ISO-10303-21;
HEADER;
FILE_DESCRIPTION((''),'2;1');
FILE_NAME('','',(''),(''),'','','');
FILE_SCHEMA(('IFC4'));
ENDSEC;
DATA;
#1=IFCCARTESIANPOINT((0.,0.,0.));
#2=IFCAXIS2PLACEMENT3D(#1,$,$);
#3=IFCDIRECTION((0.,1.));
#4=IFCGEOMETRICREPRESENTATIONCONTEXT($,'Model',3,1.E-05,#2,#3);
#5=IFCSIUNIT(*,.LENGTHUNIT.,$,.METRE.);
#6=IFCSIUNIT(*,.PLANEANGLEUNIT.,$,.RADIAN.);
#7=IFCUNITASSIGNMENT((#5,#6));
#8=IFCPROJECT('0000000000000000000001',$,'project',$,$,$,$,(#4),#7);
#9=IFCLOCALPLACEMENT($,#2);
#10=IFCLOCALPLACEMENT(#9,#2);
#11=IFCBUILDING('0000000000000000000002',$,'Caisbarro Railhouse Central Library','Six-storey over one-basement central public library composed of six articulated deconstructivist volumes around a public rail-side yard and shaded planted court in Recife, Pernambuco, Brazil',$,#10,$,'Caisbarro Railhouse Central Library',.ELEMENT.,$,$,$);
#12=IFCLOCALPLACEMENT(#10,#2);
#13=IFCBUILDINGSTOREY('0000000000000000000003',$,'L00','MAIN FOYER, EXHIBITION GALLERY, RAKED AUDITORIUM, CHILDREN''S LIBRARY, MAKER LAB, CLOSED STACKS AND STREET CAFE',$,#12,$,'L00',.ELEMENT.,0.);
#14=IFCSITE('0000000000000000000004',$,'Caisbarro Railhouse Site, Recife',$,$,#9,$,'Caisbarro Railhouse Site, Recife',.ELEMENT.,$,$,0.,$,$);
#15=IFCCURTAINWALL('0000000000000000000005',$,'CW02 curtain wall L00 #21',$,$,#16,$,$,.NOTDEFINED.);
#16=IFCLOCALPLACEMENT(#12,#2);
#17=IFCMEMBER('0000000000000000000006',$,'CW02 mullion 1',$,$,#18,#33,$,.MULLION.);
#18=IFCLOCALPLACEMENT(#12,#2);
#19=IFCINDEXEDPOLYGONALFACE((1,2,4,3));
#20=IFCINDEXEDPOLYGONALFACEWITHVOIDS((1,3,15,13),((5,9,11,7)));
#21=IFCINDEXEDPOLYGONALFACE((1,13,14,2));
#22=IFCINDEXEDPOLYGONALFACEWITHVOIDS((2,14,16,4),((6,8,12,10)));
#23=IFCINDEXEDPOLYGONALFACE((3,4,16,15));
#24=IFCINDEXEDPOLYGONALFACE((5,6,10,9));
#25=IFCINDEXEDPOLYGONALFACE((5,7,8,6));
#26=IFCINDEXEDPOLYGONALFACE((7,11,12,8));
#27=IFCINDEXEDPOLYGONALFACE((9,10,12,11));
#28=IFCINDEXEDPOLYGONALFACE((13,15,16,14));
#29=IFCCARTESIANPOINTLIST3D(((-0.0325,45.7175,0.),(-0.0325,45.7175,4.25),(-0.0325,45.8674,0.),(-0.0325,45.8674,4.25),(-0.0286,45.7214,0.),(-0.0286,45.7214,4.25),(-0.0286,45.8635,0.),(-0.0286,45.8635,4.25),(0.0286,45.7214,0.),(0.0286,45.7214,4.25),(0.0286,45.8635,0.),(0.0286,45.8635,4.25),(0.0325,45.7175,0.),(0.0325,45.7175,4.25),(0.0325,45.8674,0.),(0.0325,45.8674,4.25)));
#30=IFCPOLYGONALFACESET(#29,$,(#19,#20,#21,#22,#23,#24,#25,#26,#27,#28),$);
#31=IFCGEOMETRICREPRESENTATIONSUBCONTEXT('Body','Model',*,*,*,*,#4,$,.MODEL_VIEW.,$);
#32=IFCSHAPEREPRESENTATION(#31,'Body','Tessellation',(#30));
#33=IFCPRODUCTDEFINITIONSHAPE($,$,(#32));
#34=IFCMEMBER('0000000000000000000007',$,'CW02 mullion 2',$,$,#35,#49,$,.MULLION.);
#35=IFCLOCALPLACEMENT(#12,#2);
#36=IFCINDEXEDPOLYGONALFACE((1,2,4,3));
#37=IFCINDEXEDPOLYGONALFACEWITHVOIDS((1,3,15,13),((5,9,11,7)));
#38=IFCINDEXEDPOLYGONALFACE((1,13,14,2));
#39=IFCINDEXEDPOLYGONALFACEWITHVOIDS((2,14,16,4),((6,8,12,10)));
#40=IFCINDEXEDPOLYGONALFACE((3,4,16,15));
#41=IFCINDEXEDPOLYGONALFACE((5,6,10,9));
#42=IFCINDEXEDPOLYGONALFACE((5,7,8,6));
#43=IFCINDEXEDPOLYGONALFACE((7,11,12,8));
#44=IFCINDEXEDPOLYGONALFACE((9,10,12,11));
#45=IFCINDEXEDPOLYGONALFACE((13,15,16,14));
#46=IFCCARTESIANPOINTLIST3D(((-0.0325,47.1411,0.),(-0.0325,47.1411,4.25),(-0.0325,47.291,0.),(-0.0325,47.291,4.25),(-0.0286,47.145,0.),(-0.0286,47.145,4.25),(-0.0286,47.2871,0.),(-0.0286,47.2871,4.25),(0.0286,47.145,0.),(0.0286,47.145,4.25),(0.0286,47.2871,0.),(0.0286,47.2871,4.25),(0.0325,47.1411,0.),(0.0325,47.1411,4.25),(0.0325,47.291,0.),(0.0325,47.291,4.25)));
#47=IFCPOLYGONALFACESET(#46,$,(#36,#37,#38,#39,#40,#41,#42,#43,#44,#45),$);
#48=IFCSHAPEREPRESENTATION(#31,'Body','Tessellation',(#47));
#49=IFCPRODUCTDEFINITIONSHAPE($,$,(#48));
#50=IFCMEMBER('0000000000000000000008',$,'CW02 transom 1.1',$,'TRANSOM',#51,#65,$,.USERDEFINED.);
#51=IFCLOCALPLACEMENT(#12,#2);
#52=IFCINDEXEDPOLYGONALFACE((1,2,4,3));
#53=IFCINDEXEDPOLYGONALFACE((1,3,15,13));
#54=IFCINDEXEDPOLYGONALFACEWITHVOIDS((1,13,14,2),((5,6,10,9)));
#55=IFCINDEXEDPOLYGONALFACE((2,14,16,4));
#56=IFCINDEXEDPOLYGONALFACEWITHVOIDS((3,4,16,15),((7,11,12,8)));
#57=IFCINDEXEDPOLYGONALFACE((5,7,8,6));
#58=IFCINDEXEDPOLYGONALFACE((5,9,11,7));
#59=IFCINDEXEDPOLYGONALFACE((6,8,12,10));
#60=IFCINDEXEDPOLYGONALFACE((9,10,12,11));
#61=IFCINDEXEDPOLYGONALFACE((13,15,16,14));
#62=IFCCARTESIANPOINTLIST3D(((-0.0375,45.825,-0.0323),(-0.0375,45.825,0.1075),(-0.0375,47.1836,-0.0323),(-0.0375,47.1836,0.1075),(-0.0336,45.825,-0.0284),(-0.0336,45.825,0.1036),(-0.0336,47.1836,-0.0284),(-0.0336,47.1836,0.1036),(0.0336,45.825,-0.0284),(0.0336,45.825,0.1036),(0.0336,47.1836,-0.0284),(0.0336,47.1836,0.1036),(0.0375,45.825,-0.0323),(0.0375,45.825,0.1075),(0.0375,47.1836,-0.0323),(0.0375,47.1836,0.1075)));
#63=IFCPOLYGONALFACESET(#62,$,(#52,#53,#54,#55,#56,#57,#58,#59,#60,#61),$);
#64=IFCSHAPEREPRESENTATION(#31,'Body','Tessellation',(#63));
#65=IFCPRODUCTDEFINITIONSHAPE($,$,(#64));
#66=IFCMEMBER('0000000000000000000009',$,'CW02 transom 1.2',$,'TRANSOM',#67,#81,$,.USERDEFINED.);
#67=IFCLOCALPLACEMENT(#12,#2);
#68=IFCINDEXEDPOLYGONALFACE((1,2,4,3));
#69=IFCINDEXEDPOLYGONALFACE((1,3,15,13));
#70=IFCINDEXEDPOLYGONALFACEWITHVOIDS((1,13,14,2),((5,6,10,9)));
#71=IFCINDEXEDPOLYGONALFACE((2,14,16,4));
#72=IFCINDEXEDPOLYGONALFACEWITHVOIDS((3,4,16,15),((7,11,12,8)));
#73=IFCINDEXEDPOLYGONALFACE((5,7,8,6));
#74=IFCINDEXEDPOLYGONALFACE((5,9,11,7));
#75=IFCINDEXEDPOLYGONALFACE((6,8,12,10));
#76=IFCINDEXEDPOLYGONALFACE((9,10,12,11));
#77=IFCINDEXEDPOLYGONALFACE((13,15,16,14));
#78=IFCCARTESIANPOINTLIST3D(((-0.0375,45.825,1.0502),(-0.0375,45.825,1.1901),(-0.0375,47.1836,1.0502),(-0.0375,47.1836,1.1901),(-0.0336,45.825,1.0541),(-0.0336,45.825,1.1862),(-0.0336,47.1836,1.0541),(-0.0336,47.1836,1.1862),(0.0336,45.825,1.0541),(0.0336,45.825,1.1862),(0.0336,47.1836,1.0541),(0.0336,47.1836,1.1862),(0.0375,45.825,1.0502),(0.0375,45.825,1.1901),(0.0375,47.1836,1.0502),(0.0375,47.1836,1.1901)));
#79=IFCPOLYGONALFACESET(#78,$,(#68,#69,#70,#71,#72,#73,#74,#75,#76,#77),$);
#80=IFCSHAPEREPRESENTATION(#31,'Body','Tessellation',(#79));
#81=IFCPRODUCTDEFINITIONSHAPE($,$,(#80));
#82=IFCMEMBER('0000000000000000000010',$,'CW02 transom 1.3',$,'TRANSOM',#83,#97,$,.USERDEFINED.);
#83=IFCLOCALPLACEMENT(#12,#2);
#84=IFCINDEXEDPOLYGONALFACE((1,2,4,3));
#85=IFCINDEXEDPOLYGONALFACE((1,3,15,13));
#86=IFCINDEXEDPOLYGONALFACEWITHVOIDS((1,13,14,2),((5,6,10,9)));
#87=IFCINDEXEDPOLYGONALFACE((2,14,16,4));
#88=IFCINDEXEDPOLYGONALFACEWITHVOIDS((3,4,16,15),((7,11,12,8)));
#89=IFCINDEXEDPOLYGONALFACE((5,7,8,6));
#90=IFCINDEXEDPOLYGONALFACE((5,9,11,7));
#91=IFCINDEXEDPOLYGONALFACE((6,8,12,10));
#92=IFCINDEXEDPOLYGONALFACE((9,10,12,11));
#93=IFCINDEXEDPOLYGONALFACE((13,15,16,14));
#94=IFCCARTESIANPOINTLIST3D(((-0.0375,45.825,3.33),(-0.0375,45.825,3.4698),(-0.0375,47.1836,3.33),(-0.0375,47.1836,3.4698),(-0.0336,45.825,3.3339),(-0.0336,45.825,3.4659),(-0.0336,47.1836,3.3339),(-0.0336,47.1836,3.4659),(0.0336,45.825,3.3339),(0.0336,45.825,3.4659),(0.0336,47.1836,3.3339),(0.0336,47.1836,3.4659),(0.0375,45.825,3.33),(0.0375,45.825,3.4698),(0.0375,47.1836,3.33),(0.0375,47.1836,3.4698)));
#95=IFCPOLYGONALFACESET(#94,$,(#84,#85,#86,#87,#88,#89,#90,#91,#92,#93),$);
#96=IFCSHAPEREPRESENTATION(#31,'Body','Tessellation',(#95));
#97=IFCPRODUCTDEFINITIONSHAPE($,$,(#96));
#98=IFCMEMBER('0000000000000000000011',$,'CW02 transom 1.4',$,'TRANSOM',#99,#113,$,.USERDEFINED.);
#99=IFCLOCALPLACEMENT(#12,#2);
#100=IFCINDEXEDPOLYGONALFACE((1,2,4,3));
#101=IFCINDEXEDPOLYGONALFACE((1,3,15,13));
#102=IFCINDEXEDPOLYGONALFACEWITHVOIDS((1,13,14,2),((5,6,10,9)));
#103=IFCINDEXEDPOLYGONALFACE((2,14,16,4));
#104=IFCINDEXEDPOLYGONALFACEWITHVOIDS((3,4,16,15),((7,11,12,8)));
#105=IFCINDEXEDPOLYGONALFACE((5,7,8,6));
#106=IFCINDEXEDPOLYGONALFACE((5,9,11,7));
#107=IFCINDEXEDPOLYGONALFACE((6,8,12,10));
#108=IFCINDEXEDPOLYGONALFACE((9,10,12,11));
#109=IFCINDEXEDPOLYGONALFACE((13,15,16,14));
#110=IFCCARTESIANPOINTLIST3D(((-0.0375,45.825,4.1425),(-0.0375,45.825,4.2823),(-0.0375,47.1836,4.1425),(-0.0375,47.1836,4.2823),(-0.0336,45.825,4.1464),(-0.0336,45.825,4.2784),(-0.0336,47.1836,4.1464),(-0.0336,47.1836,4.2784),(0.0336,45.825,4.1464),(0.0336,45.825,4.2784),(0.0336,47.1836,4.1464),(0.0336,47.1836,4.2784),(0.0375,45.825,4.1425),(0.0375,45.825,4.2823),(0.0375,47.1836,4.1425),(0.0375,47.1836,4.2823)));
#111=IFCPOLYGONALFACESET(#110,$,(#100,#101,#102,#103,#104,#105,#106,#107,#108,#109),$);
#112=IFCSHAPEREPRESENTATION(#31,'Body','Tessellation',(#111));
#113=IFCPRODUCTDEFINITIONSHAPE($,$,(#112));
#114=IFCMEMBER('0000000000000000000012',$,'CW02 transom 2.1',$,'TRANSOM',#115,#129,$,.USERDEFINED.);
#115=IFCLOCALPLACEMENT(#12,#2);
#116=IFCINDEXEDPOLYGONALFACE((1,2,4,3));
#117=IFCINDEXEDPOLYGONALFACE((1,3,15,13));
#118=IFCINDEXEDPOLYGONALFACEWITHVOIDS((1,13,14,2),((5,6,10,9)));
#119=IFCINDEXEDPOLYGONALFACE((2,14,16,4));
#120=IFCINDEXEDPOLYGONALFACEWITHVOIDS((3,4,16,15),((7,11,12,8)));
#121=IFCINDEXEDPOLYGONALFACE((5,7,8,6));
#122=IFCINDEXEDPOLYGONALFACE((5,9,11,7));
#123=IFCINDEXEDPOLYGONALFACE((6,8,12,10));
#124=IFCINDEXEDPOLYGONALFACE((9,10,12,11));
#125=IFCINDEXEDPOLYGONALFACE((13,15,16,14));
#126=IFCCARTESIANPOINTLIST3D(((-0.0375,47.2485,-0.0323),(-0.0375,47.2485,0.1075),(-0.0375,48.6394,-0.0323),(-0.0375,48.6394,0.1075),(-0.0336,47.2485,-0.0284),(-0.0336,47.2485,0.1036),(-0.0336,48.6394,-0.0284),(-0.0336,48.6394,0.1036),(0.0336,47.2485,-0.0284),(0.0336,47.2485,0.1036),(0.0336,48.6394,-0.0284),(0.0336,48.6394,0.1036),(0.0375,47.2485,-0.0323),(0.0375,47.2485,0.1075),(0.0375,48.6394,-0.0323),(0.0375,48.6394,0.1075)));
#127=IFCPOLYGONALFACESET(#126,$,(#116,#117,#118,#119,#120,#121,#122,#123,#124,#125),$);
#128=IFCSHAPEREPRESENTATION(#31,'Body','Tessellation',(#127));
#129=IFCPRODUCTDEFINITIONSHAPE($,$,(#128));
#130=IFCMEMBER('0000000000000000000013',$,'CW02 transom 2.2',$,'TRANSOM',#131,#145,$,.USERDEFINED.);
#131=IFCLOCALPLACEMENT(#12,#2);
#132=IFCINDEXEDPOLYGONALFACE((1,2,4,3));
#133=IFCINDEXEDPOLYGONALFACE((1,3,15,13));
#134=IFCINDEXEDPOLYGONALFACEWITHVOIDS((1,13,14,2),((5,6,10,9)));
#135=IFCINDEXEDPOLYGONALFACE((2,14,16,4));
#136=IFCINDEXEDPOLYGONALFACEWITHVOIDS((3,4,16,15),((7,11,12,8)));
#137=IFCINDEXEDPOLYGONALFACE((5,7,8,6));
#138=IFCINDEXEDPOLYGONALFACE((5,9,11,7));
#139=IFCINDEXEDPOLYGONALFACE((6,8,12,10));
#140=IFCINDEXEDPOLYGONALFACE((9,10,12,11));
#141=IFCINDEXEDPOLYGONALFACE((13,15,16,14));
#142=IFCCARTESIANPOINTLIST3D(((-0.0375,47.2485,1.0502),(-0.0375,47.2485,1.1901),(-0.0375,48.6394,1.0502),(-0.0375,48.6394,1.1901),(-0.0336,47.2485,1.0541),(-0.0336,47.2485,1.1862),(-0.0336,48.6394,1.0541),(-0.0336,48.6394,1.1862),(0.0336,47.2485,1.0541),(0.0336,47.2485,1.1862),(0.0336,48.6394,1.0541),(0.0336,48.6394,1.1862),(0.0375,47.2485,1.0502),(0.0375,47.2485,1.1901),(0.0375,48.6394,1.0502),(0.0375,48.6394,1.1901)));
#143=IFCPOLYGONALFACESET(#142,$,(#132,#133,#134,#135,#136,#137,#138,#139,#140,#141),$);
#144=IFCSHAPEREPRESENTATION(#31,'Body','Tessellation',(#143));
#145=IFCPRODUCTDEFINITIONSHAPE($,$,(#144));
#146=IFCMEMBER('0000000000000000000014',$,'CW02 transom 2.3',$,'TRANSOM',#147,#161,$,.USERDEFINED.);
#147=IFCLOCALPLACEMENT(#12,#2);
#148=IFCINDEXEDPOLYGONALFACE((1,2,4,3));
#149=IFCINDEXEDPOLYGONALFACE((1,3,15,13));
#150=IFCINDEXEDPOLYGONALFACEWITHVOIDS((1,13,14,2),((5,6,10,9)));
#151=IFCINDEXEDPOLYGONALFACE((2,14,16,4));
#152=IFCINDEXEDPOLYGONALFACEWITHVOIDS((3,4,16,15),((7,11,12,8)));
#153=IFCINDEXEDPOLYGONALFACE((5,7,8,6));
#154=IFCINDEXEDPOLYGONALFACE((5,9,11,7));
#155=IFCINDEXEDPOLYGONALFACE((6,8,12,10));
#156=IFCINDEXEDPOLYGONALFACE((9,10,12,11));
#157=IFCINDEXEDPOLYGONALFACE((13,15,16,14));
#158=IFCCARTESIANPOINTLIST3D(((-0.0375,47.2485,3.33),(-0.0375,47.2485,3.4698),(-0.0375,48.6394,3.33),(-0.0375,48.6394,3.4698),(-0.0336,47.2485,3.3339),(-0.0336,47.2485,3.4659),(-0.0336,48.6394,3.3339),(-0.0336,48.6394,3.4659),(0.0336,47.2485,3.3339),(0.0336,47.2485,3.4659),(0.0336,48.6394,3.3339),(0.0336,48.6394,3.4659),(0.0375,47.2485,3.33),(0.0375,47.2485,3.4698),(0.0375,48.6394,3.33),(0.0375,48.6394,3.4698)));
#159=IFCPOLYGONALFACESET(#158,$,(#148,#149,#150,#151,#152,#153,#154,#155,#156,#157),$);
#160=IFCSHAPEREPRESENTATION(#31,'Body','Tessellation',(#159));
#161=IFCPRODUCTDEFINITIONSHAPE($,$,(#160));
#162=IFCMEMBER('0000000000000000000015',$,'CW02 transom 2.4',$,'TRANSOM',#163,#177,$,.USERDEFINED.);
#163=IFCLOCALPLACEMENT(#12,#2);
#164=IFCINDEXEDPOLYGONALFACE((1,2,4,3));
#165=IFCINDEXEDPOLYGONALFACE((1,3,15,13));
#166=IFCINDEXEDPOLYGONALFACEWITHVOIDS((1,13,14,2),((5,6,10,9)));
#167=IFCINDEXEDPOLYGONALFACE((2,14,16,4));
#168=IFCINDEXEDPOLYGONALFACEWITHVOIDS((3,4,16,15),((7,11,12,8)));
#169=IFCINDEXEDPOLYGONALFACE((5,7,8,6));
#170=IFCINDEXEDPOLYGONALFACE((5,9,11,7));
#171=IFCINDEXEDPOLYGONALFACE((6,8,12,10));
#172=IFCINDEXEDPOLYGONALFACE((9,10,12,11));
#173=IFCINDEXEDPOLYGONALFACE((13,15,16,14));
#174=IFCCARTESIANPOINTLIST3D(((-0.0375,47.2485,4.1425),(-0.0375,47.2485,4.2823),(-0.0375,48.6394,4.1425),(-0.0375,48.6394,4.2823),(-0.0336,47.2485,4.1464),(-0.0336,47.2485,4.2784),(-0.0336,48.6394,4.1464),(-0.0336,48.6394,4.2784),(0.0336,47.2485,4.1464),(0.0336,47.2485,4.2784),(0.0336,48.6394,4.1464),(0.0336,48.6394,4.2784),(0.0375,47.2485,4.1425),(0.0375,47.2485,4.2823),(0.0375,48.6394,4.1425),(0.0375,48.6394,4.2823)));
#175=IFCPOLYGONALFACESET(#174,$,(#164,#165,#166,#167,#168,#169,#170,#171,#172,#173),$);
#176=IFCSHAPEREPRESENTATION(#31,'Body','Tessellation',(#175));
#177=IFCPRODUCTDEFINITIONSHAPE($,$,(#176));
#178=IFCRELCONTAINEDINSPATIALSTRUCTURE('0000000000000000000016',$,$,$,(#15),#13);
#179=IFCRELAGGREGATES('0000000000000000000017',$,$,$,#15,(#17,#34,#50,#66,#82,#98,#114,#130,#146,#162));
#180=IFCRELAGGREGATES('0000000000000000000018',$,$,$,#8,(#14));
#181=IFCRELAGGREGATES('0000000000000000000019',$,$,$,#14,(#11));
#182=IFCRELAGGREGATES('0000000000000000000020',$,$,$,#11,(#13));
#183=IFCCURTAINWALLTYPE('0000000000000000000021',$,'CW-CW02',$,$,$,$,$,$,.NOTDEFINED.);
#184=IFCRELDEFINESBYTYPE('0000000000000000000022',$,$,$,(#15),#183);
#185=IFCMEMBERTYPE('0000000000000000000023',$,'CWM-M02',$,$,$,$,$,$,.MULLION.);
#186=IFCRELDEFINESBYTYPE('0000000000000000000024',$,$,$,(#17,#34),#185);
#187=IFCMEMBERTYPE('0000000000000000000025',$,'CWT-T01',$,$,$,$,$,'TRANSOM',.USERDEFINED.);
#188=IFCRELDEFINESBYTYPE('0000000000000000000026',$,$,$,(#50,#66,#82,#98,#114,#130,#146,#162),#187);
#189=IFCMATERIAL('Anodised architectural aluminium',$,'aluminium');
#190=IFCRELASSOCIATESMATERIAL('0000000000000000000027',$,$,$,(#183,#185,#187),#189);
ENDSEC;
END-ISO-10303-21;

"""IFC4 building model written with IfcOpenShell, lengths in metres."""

from ifc_helpers import new_model, si_unit, direction, frame, origin, origin_2d, place, context, subcontext, project, spatial, hollow_rectangle, extrude, material, material_profile, profile_set, type_object, element, aggregate, save


model = new_model("IFC4")

# Units and contexts
model_context = context("Model", 3, precision=1e-05, world=origin(), true_north=direction((0.0, 1.0)))
body_context = subcontext(model_context, "Body", "Model", "MODEL_VIEW")
ifc_project = project(units=[si_unit("LENGTHUNIT", "METRE"), si_unit("PLANEANGLEUNIT", "RADIAN")], contexts=[model_context])

# Site, building, storey
site_placement = place(None, origin())
site = spatial("IfcSite", under=ifc_project, at=site_placement, Name="Caisbarro Railhouse Site, Recife", LongName="Caisbarro Railhouse Site, Recife", CompositionType="ELEMENT", RefElevation=0.0)
building_placement = place(site_placement, origin())
building = spatial("IfcBuilding", under=site, at=building_placement, Name="Caisbarro Railhouse Central Library", Description="Six-storey over one-basement central public library composed of six articulated deconstructivist volumes around a public rail-side yard and shaded planted court in Recife, Pernambuco, Brazil", LongName="Caisbarro Railhouse Central Library", CompositionType="ELEMENT")
storey_placement = place(building_placement, origin())
storey = spatial("IfcBuildingStorey", under=building, at=storey_placement, Name="L00", Description="MAIN FOYER, EXHIBITION GALLERY, RAKED AUDITORIUM, CHILDREN'S LIBRARY, MAKER LAB, CLOSED STACKS AND STREET CAFE", LongName="L00", CompositionType="ELEMENT", Elevation=0.0)

# Curtain wall, members
ifc_material_1 = material(Name="Anodised architectural aluminium", Category="aluminium")
curtain_wall_type = type_object("IfcCurtainWallType", Name="CW-CW02", PredefinedType="NOTDEFINED", material=ifc_material_1)
curtain_wall_placement = place(storey_placement, origin())
curtain_wall = element("IfcCurtainWall", 1, at=curtain_wall_placement, inside=storey, type_object=curtain_wall_type, Name="CW02 curtain wall L00 #21", PredefinedType="NOTDEFINED")
ifc_material_profile_1 = material_profile(ifc_material_1, hollow_rectangle(XDim=0.0649, YDim=0.1499, WallThickness=0.0039, at=origin_2d()), Name="ALU-MUL-65X150")
ifc_profile_set_1 = profile_set([ifc_material_profile_1], Name="Anodised architectural aluminium")
member_type_1 = type_object("IfcMemberType", Name="CWM-M02", PredefinedType="MULLION", material=ifc_profile_set_1)
member_1_placement = place(storey_placement, frame((0.0, 45.7925, 0.0), z_axis=(0.0, 0.0, 1.0), x_axis=(-1.0, 0.0, 0.0)))
member_1 = element("IfcMember", 2, at=member_1_placement, type_object=member_type_1, Name="CW02 mullion 1", PredefinedType="MULLION", context=body_context, shape_type="SweptSolid", body=[
    extrude(hollow_rectangle(XDim=0.0649, YDim=0.1499, WallThickness=0.0039, at=origin_2d()), origin(), (0.0, 0.0, 1.0), 4.25),
])
member_2_placement = place(storey_placement, frame((0.0, 47.2161, 0.0), z_axis=(0.0, 0.0, 1.0), x_axis=(-1.0, 0.0, 0.0)))
member_2 = element("IfcMember", 3, at=member_2_placement, type_object=member_type_1, Name="CW02 mullion 2", PredefinedType="MULLION", context=body_context, shape_type="SweptSolid", body=[
    extrude(hollow_rectangle(XDim=0.0649, YDim=0.1499, WallThickness=0.0039, at=origin_2d()), origin(), (0.0, 0.0, 1.0), 4.25),
])
ifc_material_profile_2 = material_profile(ifc_material_1, hollow_rectangle(XDim=0.075, YDim=0.1399, WallThickness=0.0039, at=origin_2d()), Name="ALU-TRN-75X140")
ifc_profile_set_2 = profile_set([ifc_material_profile_2], Name="Anodised architectural aluminium")
member_type_2 = type_object("IfcMemberType", Name="CWT-T01", ElementType="TRANSOM", PredefinedType="USERDEFINED", material=ifc_profile_set_2)
member_3_placement = place(storey_placement, frame((0.0, 45.825, 0.0376), z_axis=(0.0, 1.0, 0.0), x_axis=(-1.0, 0.0, 0.0)))
member_3 = element("IfcMember", 4, at=member_3_placement, type_object=member_type_2, Name="CW02 transom 1.1", ObjectType="TRANSOM", PredefinedType="USERDEFINED", context=body_context, shape_type="SweptSolid", body=[
    extrude(hollow_rectangle(XDim=0.075, YDim=0.1399, WallThickness=0.0039, at=origin_2d()), origin(), (0.0, 0.0, 1.0), 1.3586),
])
member_4_placement = place(storey_placement, frame((0.0, 45.825, 1.1201), z_axis=(0.0, 1.0, 0.0), x_axis=(-1.0, 0.0, 0.0)))
member_4 = element("IfcMember", 5, at=member_4_placement, type_object=member_type_2, Name="CW02 transom 1.2", ObjectType="TRANSOM", PredefinedType="USERDEFINED", context=body_context, shape_type="SweptSolid", body=[
    extrude(hollow_rectangle(XDim=0.075, YDim=0.1399, WallThickness=0.0039, at=origin_2d()), origin(), (0.0, 0.0, 1.0), 1.3586),
])
member_5_placement = place(storey_placement, frame((0.0, 45.825, 3.3999), z_axis=(0.0, 1.0, 0.0), x_axis=(-1.0, 0.0, 0.0)))
member_5 = element("IfcMember", 6, at=member_5_placement, type_object=member_type_2, Name="CW02 transom 1.3", ObjectType="TRANSOM", PredefinedType="USERDEFINED", context=body_context, shape_type="SweptSolid", body=[
    extrude(hollow_rectangle(XDim=0.075, YDim=0.1399, WallThickness=0.0039, at=origin_2d()), origin(), (0.0, 0.0, 1.0), 1.3586),
])
member_6_placement = place(storey_placement, frame((0.0, 45.825, 4.2124), z_axis=(0.0, 1.0, 0.0), x_axis=(-1.0, 0.0, 0.0)))
member_6 = element("IfcMember", 7, at=member_6_placement, type_object=member_type_2, Name="CW02 transom 1.4", ObjectType="TRANSOM", PredefinedType="USERDEFINED", context=body_context, shape_type="SweptSolid", body=[
    extrude(hollow_rectangle(XDim=0.075, YDim=0.1399, WallThickness=0.0039, at=origin_2d()), origin(), (0.0, 0.0, 1.0), 1.3586),
])
member_7_placement = place(storey_placement, frame((0.0, 47.2485, 0.0376), z_axis=(0.0, 1.0, 0.0), x_axis=(-1.0, 0.0, 0.0)))
member_7 = element("IfcMember", 8, at=member_7_placement, type_object=member_type_2, Name="CW02 transom 2.1", ObjectType="TRANSOM", PredefinedType="USERDEFINED", context=body_context, shape_type="SweptSolid", body=[
    extrude(hollow_rectangle(XDim=0.075, YDim=0.1399, WallThickness=0.0039, at=origin_2d()), origin(), (0.0, 0.0, 1.0), 1.3909),
])
member_8_placement = place(storey_placement, frame((0.0, 47.2485, 1.1201), z_axis=(0.0, 1.0, 0.0), x_axis=(-1.0, 0.0, 0.0)))
member_8 = element("IfcMember", 9, at=member_8_placement, type_object=member_type_2, Name="CW02 transom 2.2", ObjectType="TRANSOM", PredefinedType="USERDEFINED", context=body_context, shape_type="SweptSolid", body=[
    extrude(hollow_rectangle(XDim=0.075, YDim=0.1399, WallThickness=0.0039, at=origin_2d()), origin(), (0.0, 0.0, 1.0), 1.3909),
])
member_9_placement = place(storey_placement, frame((0.0, 47.2485, 3.3999), z_axis=(0.0, 1.0, 0.0), x_axis=(-1.0, 0.0, 0.0)))
member_9 = element("IfcMember", 10, at=member_9_placement, type_object=member_type_2, Name="CW02 transom 2.3", ObjectType="TRANSOM", PredefinedType="USERDEFINED", context=body_context, shape_type="SweptSolid", body=[
    extrude(hollow_rectangle(XDim=0.075, YDim=0.1399, WallThickness=0.0039, at=origin_2d()), origin(), (0.0, 0.0, 1.0), 1.3909),
])
member_10_placement = place(storey_placement, frame((0.0, 47.2485, 4.2124), z_axis=(0.0, 1.0, 0.0), x_axis=(-1.0, 0.0, 0.0)))
member_10 = element("IfcMember", 11, at=member_10_placement, type_object=member_type_2, Name="CW02 transom 2.4", ObjectType="TRANSOM", PredefinedType="USERDEFINED", context=body_context, shape_type="SweptSolid", body=[
    extrude(hollow_rectangle(XDim=0.075, YDim=0.1399, WallThickness=0.0039, at=origin_2d()), origin(), (0.0, 0.0, 1.0), 1.3909),
])

aggregate(curtain_wall, [member_1, member_2, member_3, member_4, member_5, member_6, member_7, member_8, member_9, member_10])

save(model, "model.ifc")
